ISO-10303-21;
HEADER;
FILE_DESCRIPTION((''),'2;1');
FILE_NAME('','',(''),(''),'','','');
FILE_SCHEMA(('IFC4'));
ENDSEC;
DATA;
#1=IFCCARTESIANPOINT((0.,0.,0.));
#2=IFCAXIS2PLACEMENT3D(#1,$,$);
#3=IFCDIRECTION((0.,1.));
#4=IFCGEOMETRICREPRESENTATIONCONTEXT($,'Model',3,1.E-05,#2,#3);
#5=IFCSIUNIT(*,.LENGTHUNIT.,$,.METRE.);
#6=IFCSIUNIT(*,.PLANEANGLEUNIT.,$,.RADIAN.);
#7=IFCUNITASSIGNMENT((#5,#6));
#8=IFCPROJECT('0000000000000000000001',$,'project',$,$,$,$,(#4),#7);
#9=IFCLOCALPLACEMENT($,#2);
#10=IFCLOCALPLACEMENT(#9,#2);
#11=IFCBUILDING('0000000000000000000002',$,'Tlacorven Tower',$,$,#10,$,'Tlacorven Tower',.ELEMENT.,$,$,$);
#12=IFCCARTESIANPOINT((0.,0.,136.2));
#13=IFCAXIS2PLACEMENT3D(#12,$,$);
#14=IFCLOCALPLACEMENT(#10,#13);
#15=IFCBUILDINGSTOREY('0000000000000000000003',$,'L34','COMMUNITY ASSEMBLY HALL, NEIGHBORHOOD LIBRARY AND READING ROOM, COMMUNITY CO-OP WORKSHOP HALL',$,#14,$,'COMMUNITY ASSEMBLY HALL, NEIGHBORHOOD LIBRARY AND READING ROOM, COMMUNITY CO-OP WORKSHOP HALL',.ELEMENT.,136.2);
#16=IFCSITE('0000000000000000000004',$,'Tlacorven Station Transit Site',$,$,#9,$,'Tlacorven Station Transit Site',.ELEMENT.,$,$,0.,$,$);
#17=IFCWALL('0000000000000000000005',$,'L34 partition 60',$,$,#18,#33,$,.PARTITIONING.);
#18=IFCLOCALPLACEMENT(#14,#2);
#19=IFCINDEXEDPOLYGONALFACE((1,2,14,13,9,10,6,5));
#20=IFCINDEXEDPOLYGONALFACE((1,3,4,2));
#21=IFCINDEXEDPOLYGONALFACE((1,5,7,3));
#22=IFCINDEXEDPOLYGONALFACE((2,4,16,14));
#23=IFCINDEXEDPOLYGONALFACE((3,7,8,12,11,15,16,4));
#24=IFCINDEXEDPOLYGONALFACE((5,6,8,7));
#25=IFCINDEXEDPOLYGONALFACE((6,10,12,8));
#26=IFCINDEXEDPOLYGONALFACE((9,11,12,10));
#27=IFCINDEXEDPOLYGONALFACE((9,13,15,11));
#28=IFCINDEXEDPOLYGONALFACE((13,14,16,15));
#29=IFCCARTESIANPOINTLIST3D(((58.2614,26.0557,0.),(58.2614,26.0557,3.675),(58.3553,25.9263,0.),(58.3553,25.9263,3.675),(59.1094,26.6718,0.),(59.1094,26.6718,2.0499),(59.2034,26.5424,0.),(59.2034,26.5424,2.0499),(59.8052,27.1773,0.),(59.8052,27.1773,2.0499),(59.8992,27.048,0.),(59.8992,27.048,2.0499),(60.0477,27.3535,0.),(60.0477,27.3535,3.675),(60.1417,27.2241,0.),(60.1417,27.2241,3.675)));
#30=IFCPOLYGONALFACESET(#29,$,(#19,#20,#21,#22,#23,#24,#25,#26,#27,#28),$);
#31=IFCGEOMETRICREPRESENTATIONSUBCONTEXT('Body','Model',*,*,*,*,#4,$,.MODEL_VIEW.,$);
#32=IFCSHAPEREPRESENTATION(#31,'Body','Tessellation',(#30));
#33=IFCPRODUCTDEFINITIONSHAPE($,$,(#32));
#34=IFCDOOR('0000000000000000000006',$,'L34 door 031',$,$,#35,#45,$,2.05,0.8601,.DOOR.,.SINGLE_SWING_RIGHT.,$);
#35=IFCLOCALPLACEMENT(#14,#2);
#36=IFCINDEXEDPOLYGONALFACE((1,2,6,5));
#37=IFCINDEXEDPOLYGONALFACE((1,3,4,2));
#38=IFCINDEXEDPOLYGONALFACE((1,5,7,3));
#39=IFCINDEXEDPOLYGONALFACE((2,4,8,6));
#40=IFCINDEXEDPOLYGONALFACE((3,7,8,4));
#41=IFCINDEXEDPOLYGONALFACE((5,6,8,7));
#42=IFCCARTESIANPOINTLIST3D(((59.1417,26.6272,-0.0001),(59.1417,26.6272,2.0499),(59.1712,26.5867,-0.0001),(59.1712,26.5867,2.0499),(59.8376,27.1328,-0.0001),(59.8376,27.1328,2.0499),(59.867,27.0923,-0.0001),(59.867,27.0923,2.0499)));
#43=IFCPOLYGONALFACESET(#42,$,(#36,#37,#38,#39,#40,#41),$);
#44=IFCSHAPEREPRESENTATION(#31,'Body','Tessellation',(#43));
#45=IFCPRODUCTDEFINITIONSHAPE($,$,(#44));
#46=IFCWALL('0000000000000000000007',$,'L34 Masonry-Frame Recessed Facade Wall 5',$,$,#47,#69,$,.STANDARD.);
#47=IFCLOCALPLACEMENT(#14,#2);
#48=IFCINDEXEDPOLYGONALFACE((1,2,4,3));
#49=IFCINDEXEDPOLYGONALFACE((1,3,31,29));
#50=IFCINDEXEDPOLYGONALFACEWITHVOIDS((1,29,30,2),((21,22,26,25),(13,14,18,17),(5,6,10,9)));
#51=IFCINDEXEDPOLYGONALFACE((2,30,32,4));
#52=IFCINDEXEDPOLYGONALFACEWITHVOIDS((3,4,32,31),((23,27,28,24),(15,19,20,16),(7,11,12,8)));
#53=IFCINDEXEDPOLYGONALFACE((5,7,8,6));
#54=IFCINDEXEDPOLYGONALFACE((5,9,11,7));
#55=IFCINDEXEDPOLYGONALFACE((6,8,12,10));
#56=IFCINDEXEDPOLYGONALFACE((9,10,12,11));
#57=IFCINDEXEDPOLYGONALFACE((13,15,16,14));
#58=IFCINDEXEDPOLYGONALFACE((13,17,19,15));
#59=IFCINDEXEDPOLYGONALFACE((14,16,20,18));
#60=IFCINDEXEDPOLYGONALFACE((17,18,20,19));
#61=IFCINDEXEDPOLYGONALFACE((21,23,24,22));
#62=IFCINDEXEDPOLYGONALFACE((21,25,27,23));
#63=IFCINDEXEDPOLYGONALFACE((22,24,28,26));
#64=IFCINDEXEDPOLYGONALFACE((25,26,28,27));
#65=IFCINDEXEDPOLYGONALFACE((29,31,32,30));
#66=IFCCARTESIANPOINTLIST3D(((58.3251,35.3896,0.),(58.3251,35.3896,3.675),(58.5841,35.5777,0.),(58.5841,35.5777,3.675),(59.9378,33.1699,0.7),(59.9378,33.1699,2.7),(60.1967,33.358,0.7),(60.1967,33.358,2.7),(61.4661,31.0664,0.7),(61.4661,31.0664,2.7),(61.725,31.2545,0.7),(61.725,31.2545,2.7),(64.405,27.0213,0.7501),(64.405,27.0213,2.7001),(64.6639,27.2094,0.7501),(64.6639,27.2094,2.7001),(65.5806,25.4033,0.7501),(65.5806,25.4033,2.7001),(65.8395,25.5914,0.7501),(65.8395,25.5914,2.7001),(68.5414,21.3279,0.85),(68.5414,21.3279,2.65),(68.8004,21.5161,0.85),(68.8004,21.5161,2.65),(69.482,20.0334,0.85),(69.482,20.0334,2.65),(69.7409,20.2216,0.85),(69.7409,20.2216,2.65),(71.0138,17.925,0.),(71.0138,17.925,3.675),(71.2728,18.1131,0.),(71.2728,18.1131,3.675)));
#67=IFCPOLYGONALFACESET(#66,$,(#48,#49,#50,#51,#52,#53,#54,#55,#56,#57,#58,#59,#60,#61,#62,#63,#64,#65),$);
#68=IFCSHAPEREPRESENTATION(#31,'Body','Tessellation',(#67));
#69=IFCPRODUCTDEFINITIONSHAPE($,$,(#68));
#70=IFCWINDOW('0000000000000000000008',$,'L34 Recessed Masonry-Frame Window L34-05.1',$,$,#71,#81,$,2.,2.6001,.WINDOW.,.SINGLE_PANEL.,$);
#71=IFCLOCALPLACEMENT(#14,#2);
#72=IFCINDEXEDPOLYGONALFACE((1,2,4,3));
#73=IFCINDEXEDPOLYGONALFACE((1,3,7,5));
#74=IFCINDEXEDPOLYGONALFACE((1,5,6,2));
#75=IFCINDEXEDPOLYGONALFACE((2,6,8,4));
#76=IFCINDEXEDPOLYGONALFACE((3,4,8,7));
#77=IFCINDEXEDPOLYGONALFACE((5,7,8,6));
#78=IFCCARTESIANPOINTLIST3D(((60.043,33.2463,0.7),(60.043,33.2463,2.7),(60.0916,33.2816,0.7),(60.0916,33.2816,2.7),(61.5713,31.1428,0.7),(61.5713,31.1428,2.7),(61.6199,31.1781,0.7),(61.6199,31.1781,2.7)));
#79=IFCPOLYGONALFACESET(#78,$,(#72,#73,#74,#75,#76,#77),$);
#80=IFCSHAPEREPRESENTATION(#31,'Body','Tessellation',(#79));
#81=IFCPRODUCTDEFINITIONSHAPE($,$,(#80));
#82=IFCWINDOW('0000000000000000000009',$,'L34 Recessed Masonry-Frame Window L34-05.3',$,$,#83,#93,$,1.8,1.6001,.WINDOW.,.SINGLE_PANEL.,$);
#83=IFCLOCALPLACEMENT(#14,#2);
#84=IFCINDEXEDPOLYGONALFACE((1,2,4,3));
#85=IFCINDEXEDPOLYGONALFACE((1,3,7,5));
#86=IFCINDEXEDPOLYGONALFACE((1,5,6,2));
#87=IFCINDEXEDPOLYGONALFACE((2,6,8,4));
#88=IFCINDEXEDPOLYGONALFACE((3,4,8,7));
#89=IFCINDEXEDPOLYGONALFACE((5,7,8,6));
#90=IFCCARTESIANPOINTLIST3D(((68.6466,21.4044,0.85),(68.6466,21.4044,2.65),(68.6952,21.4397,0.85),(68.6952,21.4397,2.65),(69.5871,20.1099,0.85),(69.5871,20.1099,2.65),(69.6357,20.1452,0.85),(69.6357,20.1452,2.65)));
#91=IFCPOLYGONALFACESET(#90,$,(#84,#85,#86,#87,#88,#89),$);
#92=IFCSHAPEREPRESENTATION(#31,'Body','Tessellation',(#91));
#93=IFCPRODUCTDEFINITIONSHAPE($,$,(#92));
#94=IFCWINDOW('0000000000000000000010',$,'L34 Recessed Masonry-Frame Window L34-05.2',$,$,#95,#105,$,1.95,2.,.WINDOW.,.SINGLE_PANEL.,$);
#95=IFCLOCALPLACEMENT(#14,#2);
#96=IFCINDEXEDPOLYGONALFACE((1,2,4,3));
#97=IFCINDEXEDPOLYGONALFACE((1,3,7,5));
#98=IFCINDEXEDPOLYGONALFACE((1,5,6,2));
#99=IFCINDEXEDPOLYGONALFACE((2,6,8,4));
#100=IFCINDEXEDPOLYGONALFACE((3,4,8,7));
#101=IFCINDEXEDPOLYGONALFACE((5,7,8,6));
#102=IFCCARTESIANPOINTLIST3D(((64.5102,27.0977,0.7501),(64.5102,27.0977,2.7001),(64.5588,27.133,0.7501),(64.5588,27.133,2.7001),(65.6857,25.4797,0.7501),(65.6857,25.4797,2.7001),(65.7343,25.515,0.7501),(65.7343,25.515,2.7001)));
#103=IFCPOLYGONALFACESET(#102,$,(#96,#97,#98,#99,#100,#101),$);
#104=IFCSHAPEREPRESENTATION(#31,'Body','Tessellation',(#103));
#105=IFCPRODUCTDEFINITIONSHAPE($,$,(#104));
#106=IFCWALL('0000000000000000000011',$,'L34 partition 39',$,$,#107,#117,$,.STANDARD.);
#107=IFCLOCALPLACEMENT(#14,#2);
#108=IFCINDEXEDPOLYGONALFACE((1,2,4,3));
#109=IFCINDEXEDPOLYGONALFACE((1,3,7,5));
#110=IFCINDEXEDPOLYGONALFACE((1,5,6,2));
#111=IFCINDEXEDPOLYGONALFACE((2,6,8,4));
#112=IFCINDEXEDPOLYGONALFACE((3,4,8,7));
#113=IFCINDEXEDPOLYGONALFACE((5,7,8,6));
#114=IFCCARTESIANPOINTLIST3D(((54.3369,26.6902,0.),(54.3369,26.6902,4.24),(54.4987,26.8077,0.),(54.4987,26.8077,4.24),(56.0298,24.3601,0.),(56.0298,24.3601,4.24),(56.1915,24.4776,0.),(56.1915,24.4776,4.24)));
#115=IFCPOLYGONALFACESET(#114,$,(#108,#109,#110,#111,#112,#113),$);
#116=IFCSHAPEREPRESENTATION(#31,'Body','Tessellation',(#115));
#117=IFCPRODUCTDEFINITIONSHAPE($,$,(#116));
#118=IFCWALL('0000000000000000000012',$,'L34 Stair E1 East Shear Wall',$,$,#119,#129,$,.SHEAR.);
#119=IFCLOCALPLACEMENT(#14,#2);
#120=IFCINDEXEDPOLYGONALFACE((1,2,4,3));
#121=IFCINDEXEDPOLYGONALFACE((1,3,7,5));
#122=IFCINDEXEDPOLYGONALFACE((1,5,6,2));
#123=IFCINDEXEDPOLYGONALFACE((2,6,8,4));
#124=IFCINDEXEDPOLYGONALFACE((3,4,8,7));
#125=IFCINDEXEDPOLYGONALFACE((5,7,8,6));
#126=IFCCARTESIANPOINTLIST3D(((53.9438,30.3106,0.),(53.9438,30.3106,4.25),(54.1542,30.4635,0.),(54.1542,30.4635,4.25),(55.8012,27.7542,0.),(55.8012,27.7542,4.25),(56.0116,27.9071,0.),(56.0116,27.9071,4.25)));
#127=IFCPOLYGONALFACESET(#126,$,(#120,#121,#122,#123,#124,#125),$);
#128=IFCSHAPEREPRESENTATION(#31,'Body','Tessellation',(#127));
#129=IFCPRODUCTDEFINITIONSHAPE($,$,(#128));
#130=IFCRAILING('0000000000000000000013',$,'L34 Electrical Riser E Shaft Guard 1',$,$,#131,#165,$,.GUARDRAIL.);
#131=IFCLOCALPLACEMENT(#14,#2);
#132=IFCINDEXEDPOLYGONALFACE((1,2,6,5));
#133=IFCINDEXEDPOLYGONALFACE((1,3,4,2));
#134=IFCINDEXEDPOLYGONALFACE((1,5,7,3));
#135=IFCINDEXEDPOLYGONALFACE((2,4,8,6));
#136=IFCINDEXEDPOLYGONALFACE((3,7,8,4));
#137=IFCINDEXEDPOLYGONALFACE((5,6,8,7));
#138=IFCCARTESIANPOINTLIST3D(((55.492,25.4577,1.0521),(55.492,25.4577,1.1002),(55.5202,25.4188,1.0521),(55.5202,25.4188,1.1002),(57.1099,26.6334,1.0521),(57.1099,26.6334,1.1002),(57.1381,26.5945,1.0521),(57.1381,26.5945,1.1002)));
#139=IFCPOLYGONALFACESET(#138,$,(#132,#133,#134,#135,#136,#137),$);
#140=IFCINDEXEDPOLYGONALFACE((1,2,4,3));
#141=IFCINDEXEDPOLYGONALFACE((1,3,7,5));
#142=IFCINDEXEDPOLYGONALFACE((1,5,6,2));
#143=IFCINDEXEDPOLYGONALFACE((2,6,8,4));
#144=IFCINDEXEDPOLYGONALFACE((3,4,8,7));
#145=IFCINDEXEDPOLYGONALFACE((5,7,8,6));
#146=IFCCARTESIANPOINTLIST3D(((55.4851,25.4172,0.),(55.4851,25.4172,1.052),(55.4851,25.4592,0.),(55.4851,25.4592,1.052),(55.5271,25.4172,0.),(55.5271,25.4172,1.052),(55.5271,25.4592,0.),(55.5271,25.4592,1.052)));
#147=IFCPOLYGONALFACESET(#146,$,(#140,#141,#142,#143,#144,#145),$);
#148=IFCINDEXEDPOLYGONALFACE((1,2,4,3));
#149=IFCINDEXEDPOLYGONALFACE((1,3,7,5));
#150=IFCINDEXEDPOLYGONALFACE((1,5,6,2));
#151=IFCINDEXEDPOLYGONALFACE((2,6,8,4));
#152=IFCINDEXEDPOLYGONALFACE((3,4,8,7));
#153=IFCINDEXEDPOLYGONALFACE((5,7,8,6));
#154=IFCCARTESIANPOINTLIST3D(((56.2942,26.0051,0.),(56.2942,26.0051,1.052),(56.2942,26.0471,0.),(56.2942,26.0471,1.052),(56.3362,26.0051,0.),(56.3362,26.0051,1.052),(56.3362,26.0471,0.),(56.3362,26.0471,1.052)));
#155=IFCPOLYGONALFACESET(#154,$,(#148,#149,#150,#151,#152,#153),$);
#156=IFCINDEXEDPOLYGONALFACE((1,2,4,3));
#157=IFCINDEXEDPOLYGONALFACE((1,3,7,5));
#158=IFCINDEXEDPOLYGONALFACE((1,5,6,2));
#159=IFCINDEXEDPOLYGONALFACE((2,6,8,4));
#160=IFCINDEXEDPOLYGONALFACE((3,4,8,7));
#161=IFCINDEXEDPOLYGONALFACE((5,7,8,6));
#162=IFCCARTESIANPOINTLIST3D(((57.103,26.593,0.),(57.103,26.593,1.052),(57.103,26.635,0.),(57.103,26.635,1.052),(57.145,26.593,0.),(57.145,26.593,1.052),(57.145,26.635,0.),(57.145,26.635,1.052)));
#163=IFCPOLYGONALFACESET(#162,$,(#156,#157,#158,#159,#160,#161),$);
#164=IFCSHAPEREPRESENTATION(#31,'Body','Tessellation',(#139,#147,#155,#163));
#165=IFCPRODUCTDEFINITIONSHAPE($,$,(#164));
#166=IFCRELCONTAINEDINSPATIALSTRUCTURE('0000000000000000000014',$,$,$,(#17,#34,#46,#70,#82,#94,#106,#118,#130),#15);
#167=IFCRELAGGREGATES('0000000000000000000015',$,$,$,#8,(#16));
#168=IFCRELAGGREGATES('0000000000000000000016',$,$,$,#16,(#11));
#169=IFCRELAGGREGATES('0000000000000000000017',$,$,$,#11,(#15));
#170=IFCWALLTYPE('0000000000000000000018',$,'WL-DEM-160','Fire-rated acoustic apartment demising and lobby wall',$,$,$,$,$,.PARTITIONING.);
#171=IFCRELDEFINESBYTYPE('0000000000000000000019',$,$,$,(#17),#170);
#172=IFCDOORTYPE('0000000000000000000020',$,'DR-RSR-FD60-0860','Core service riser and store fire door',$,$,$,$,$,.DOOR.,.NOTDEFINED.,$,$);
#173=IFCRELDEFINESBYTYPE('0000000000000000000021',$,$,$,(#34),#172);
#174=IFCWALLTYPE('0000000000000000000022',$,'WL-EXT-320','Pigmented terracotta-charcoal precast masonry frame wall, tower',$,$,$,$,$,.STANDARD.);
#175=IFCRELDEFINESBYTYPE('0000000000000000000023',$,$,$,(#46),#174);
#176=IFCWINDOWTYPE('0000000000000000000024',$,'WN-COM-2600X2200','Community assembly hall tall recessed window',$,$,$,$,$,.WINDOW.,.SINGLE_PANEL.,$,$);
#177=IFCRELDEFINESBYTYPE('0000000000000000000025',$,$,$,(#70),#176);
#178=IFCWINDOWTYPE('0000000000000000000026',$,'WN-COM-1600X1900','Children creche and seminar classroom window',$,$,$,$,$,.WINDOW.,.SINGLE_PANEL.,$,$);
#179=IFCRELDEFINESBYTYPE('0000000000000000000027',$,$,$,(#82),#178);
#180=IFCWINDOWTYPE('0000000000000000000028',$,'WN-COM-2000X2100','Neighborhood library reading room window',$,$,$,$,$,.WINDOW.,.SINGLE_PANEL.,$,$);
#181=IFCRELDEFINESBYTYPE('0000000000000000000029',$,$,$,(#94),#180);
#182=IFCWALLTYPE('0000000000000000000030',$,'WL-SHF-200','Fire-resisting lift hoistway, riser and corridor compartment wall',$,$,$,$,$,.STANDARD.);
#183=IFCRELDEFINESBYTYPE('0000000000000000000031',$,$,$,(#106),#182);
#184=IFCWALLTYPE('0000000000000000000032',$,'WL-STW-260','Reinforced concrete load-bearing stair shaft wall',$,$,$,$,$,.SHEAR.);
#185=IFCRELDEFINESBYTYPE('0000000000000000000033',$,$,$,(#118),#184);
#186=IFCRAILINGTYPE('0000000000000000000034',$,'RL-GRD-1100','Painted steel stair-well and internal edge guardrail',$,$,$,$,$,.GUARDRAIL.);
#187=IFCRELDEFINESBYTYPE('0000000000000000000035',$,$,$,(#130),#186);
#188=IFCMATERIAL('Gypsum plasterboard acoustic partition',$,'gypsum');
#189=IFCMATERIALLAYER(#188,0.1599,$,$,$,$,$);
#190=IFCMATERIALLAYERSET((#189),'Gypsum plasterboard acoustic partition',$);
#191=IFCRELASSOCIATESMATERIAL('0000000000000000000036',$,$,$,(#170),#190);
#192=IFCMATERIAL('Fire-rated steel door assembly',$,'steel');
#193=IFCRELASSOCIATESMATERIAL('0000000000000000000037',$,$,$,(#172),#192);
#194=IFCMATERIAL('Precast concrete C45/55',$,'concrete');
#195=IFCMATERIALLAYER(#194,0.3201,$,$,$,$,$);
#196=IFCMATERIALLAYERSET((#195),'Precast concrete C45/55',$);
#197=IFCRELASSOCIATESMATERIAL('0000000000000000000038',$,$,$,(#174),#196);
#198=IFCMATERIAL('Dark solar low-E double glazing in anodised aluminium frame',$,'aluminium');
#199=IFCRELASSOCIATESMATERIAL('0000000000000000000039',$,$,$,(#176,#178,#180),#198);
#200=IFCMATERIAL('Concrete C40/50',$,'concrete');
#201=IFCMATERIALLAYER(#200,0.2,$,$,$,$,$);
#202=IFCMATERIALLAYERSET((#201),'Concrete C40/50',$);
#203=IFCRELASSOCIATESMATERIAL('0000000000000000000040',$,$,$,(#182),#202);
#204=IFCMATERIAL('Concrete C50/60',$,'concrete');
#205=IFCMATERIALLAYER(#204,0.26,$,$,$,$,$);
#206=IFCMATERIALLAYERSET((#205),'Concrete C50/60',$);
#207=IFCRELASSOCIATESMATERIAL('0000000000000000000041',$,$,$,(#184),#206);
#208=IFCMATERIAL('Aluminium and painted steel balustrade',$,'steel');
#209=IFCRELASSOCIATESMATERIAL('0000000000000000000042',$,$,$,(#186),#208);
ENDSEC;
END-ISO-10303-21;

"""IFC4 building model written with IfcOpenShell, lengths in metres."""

from ifc_helpers import new_model, si_unit, direction, frame, frame_2d, origin, origin_2d, place, context, subcontext, project, spatial, rectangle, extrude, source, transform, mapped, material, layer, layer_set, type_object, element, fill, save


model = new_model("IFC4")

# Units and contexts
model_context = context("Model", 3, precision=1e-05, world=origin(), true_north=direction((0.0, 1.0)))
body_context = subcontext(model_context, "Body", "Model", "MODEL_VIEW")
ifc_project = project(units=[si_unit("LENGTHUNIT", "METRE"), si_unit("PLANEANGLEUNIT", "RADIAN")], contexts=[model_context])

# Site, building, storey
site_placement = place(None, origin())
site = spatial("IfcSite", under=ifc_project, at=site_placement, Name="Tlacorven Station Transit Site", LongName="Tlacorven Station Transit Site", CompositionType="ELEMENT", RefElevation=0.0)
building_placement = place(site_placement, origin())
building = spatial("IfcBuilding", under=site, at=building_placement, Name="Tlacorven Tower", LongName="Tlacorven Tower", CompositionType="ELEMENT")
storey_placement = place(building_placement, frame((0.0, 0.0, 136.2)))
storey = spatial("IfcBuildingStorey", under=building, at=storey_placement, Name="L34", Description="COMMUNITY ASSEMBLY HALL, NEIGHBORHOOD LIBRARY AND READING ROOM, COMMUNITY CO-OP WORKSHOP HALL", LongName="COMMUNITY ASSEMBLY HALL, NEIGHBORHOOD LIBRARY AND READING ROOM, COMMUNITY CO-OP WORKSHOP HALL", CompositionType="ELEMENT", Elevation=136.2)

# Wall, opening, door
ifc_material_1 = material(Name="Gypsum plasterboard acoustic partition", Category="gypsum")
ifc_layer_1 = layer(ifc_material_1, 0.1599)
ifc_layer_set_1 = layer_set([ifc_layer_1], Name="Gypsum plasterboard acoustic partition")
wall_type_1 = type_object("IfcWallType", Name="WL-DEM-160", Description="Fire-rated acoustic apartment demising and lobby wall", PredefinedType="PARTITIONING", material=ifc_layer_set_1)
wall_1_placement = place(storey_placement, frame((58.3083, 25.991, 0.0), z_axis=(0.0, 0.0, 1.0), x_axis=(0.809023, 0.587777, 0.0)))
wall_1 = element("IfcWall", 1, at=wall_1_placement, inside=storey, type_object=wall_type_1, Name="L34 partition 60", PredefinedType="PARTITIONING", context=body_context, shape_type="SweptSolid", body=[
    extrude(rectangle(XDim=2.208, YDim=0.1599, at=frame_2d((1.104, 0.0))), origin(), (0.0, 0.0, 1.0), 3.675),
])
opening_1_placement = place(wall_1_placement, frame((1.0481, 0.0, 0.0)))
opening_1 = element("IfcOpeningElement", 2, at=opening_1_placement, cuts=wall_1, PredefinedType="OPENING", context=body_context, shape_type="SweptSolid", body=[
    extrude(rectangle(XDim=0.8601, YDim=2.05, at=frame_2d((0.4302, 1.0249))), frame((0.0, 0.0898, 0.0), z_axis=(0.0, -1.0, 0.0), x_axis=(1.0, 0.0, 0.0)), (0.0, 0.0, 1.0), 0.1799),
])
ifc_material_2 = material(Name="Fire-rated steel door assembly", Category="steel")
door_type = type_object("IfcDoorType", Name="DR-RSR-FD60-0860", Description="Core service riser and store fire door", OperationType="NOTDEFINED", PredefinedType="DOOR", material=ifc_material_2)
shared_shape_1 = source(origin(), body_context, "Body", "SweptSolid", [
    extrude(rectangle(XDim=0.8601, YDim=2.05, at=frame_2d((0.4302, 1.0249))), frame((0.0, 0.0249, 0.0), z_axis=(0.0, -1.0, 0.0), x_axis=(1.0, 0.0, 0.0)), (0.0, 0.0, 1.0), 0.05),
])
door_placement = place(opening_1_placement, origin())
door = element("IfcDoor", 3, at=door_placement, inside=storey, type_object=door_type, Name="L34 door 031", OperationType="SINGLE_SWING_RIGHT", OverallHeight=2.05, OverallWidth=0.8601, PredefinedType="DOOR", context=body_context, shape_type="MappedRepresentation", body=[
    mapped(shared_shape_1, transform((0.0, 0.0, 0.0), scale=1.0)),
])
fill(opening_1, door)

# Wall, openings, windows
ifc_material_3 = material(Name="Precast concrete C45/55", Category="concrete")
ifc_layer_2 = layer(ifc_material_3, 0.3201)
ifc_layer_set_2 = layer_set([ifc_layer_2], Name="Precast concrete C45/55")
wall_type_2 = type_object("IfcWallType", Name="WL-EXT-320", Description="Pigmented terracotta-charcoal precast masonry frame wall, tower", PredefinedType="STANDARD", material=ifc_layer_set_2)
wall_2_placement = place(storey_placement, frame((58.4546, 35.4836, 0.0), z_axis=(0.0, 0.0, 1.0), x_axis=(0.587784, -0.809018, 0.0)))
wall_2 = element("IfcWall", 4, at=wall_2_placement, inside=storey, type_object=wall_type_2, Name="L34 Masonry-Frame Recessed Facade Wall 5", PredefinedType="STANDARD", context=body_context, shape_type="SweptSolid", body=[
    extrude(rectangle(XDim=21.5874, YDim=0.3201, at=frame_2d((10.7937, 0.0))), origin(), (0.0, 0.0, 1.0), 3.675),
])
opening_2_placement = place(wall_2_placement, frame((2.7437, 0.0, 0.7)))
opening_2 = element("IfcOpeningElement", 5, at=opening_2_placement, cuts=wall_2, PredefinedType="OPENING", context=body_context, shape_type="SweptSolid", body=[
    extrude(rectangle(XDim=2.6001, YDim=2.0, at=frame_2d((1.3, 1.0))), frame((0.0, 0.1699, 0.0), z_axis=(0.0, -1.0, 0.0), x_axis=(1.0, 0.0, 0.0)), (0.0, 0.0, 1.0), 0.3401),
])
opening_3_placement = place(wall_2_placement, frame((10.3438, 0.0, 0.75)))
opening_3 = element("IfcOpeningElement", 6, at=opening_3_placement, cuts=wall_2, PredefinedType="OPENING", context=body_context, shape_type="SweptSolid", body=[
    extrude(rectangle(XDim=2.0, YDim=1.95, at=frame_2d((1.0, 0.9751))), frame((0.0, 0.1699, 0.0), z_axis=(0.0, -1.0, 0.0), x_axis=(1.0, 0.0, 0.0)), (0.0, 0.0, 1.0), 0.3401),
])
opening_4_placement = place(wall_2_placement, frame((17.3811, 0.0, 0.8501)))
opening_4 = element("IfcOpeningElement", 7, at=opening_4_placement, cuts=wall_2, PredefinedType="OPENING", context=body_context, shape_type="SweptSolid", body=[
    extrude(rectangle(XDim=1.6001, YDim=1.8, at=frame_2d((0.8, 0.8999))), frame((0.0, 0.1699, 0.0), z_axis=(0.0, -1.0, 0.0), x_axis=(1.0, 0.0, 0.0)), (0.0, 0.0, 1.0), 0.3401),
])
ifc_material_4 = material(Name="Dark solar low-E double glazing in anodised aluminium frame", Category="aluminium")
window_type_1 = type_object("IfcWindowType", Name="WN-COM-2600X2200", Description="Community assembly hall tall recessed window", PartitioningType="SINGLE_PANEL", PredefinedType="WINDOW", material=ifc_material_4)
shared_shape_2 = source(origin(), body_context, "Body", "SweptSolid", [
    extrude(rectangle(XDim=2.6001, YDim=2.0, at=frame_2d((1.3, 1.0))), frame((0.0, 0.03, 0.0), z_axis=(0.0, -1.0, 0.0), x_axis=(1.0, 0.0, 0.0)), (0.0, 0.0, 1.0), 0.0601),
])
window_1_placement = place(opening_2_placement, origin())
window_1 = element("IfcWindow", 8, at=window_1_placement, inside=storey, type_object=window_type_1, Name="L34 Recessed Masonry-Frame Window L34-05.1", OverallHeight=2.0, OverallWidth=2.6001, PartitioningType="SINGLE_PANEL", PredefinedType="WINDOW", context=body_context, shape_type="MappedRepresentation", body=[
    mapped(shared_shape_2, transform((0.0, 0.0, 0.0), scale=1.0)),
])
fill(opening_2, window_1)
window_type_2 = type_object("IfcWindowType", Name="WN-COM-1600X1900", Description="Children creche and seminar classroom window", PartitioningType="SINGLE_PANEL", PredefinedType="WINDOW", material=ifc_material_4)
shared_shape_3 = source(origin(), body_context, "Body", "SweptSolid", [
    extrude(rectangle(XDim=1.6001, YDim=1.8, at=frame_2d((0.8, 0.8999))), frame((0.0, 0.03, 0.0), z_axis=(0.0, -1.0, 0.0), x_axis=(1.0, 0.0, 0.0)), (0.0, 0.0, 1.0), 0.0601),
])
window_2_placement = place(opening_4_placement, origin())
window_2 = element("IfcWindow", 9, at=window_2_placement, inside=storey, type_object=window_type_2, Name="L34 Recessed Masonry-Frame Window L34-05.3", OverallHeight=1.8, OverallWidth=1.6001, PartitioningType="SINGLE_PANEL", PredefinedType="WINDOW", context=body_context, shape_type="MappedRepresentation", body=[
    mapped(shared_shape_3, transform((0.0, 0.0, 0.0), scale=1.0)),
])
fill(opening_4, window_2)
window_type_3 = type_object("IfcWindowType", Name="WN-COM-2000X2100", Description="Neighborhood library reading room window", PartitioningType="SINGLE_PANEL", PredefinedType="WINDOW", material=ifc_material_4)
shared_shape_4 = source(origin(), body_context, "Body", "SweptSolid", [
    extrude(rectangle(XDim=2.0, YDim=1.95, at=frame_2d((1.0, 0.9751))), frame((0.0, 0.03, 0.0), z_axis=(0.0, -1.0, 0.0), x_axis=(1.0, 0.0, 0.0)), (0.0, 0.0, 1.0), 0.0601),
])
window_3_placement = place(opening_3_placement, origin())
window_3 = element("IfcWindow", 10, at=window_3_placement, inside=storey, type_object=window_type_3, Name="L34 Recessed Masonry-Frame Window L34-05.2", OverallHeight=1.95, OverallWidth=2.0, PartitioningType="SINGLE_PANEL", PredefinedType="WINDOW", context=body_context, shape_type="MappedRepresentation", body=[
    mapped(shared_shape_4, transform((0.0, 0.0, 0.0), scale=1.0)),
])
fill(opening_3, window_3)

# Walls
ifc_material_5 = material(Name="Concrete C40/50", Category="concrete")
ifc_layer_3 = layer(ifc_material_5, 0.2)
ifc_layer_set_3 = layer_set([ifc_layer_3], Name="Concrete C40/50")
wall_type_3 = type_object("IfcWallType", Name="WL-SHF-200", Description="Fire-resisting lift hoistway, riser and corridor compartment wall", PredefinedType="STANDARD", material=ifc_layer_set_3)
wall_3_placement = place(storey_placement, frame((56.1106, 24.4189, 0.0), z_axis=(0.0, 0.0, 1.0), x_axis=(-0.587778, 0.809022, 0.0)))
element("IfcWall", 11, at=wall_3_placement, inside=storey, type_object=wall_type_3, Name="L34 partition 39", PredefinedType="STANDARD", context=body_context, shape_type="SweptSolid", body=[
    extrude(rectangle(XDim=2.8801, YDim=0.2, at=frame_2d((1.4399, 0.0))), origin(), (0.0, 0.0, 1.0), 4.24),
])
ifc_material_6 = material(Name="Concrete C50/60", Category="concrete")
ifc_layer_4 = layer(ifc_material_6, 0.26)
ifc_layer_set_4 = layer_set([ifc_layer_4], Name="Concrete C50/60")
wall_type_4 = type_object("IfcWallType", Name="WL-STW-260", Description="Reinforced concrete load-bearing stair shaft wall", PredefinedType="SHEAR", material=ifc_layer_set_4)
wall_4_placement = place(storey_placement, frame((55.9065, 27.8306, 0.0), z_axis=(0.0, 0.0, 1.0), x_axis=(-0.587804, 0.809003, 0.0)))
element("IfcWall", 12, at=wall_4_placement, inside=storey, type_object=wall_type_4, Name="L34 Stair E1 East Shear Wall", PredefinedType="SHEAR", context=body_context, shape_type="SweptSolid", body=[
    extrude(rectangle(XDim=3.1599, YDim=0.26, at=frame_2d((1.5801, 0.0))), origin(), (0.0, 0.0, 1.0), 4.25),
])

# Railing
ifc_material_7 = material(Name="Aluminium and painted steel balustrade", Category="steel")
railing_type_1 = type_object("IfcRailingType", Name="RL-GRD-1100", Description="Painted steel stair-well and internal edge guardrail", PredefinedType="GUARDRAIL", material=ifc_material_7)
shared_shape_5 = source(origin(), body_context, "Body", "SweptSolid", [
    extrude(rectangle(XDim=0.0481, YDim=0.0481, at=origin_2d()), frame((0.0, 0.0, 1.0762), z_axis=(0.808947, 0.587881, 0.0), x_axis=(-0.587881, 0.808947, 0.0)), (0.0, 0.0, 1.0), 2.0),
    extrude(rectangle(XDim=0.042, YDim=0.042, at=origin_2d()), origin(), (0.0, 0.0, 1.0), 1.052),
    extrude(rectangle(XDim=0.042, YDim=0.042, at=origin_2d()), frame((0.8091, 0.5879, 0.0)), (0.0, 0.0, 1.0), 1.052),
    extrude(rectangle(XDim=0.042, YDim=0.042, at=origin_2d()), frame((1.6179, 1.1758, 0.0)), (0.0, 0.0, 1.0), 1.052),
])
railing_1_placement = place(storey_placement, frame((55.5061, 25.4382, 0.0)))
element("IfcRailing", 13, at=railing_1_placement, inside=storey, type_object=railing_type_1, Name="L34 Electrical Riser E Shaft Guard 1", PredefinedType="GUARDRAIL", context=body_context, shape_type="MappedRepresentation", body=[
    mapped(shared_shape_5, transform((0.0, 0.0, 0.0), scale=1.0)),
])

save(model, "model.ifc")
